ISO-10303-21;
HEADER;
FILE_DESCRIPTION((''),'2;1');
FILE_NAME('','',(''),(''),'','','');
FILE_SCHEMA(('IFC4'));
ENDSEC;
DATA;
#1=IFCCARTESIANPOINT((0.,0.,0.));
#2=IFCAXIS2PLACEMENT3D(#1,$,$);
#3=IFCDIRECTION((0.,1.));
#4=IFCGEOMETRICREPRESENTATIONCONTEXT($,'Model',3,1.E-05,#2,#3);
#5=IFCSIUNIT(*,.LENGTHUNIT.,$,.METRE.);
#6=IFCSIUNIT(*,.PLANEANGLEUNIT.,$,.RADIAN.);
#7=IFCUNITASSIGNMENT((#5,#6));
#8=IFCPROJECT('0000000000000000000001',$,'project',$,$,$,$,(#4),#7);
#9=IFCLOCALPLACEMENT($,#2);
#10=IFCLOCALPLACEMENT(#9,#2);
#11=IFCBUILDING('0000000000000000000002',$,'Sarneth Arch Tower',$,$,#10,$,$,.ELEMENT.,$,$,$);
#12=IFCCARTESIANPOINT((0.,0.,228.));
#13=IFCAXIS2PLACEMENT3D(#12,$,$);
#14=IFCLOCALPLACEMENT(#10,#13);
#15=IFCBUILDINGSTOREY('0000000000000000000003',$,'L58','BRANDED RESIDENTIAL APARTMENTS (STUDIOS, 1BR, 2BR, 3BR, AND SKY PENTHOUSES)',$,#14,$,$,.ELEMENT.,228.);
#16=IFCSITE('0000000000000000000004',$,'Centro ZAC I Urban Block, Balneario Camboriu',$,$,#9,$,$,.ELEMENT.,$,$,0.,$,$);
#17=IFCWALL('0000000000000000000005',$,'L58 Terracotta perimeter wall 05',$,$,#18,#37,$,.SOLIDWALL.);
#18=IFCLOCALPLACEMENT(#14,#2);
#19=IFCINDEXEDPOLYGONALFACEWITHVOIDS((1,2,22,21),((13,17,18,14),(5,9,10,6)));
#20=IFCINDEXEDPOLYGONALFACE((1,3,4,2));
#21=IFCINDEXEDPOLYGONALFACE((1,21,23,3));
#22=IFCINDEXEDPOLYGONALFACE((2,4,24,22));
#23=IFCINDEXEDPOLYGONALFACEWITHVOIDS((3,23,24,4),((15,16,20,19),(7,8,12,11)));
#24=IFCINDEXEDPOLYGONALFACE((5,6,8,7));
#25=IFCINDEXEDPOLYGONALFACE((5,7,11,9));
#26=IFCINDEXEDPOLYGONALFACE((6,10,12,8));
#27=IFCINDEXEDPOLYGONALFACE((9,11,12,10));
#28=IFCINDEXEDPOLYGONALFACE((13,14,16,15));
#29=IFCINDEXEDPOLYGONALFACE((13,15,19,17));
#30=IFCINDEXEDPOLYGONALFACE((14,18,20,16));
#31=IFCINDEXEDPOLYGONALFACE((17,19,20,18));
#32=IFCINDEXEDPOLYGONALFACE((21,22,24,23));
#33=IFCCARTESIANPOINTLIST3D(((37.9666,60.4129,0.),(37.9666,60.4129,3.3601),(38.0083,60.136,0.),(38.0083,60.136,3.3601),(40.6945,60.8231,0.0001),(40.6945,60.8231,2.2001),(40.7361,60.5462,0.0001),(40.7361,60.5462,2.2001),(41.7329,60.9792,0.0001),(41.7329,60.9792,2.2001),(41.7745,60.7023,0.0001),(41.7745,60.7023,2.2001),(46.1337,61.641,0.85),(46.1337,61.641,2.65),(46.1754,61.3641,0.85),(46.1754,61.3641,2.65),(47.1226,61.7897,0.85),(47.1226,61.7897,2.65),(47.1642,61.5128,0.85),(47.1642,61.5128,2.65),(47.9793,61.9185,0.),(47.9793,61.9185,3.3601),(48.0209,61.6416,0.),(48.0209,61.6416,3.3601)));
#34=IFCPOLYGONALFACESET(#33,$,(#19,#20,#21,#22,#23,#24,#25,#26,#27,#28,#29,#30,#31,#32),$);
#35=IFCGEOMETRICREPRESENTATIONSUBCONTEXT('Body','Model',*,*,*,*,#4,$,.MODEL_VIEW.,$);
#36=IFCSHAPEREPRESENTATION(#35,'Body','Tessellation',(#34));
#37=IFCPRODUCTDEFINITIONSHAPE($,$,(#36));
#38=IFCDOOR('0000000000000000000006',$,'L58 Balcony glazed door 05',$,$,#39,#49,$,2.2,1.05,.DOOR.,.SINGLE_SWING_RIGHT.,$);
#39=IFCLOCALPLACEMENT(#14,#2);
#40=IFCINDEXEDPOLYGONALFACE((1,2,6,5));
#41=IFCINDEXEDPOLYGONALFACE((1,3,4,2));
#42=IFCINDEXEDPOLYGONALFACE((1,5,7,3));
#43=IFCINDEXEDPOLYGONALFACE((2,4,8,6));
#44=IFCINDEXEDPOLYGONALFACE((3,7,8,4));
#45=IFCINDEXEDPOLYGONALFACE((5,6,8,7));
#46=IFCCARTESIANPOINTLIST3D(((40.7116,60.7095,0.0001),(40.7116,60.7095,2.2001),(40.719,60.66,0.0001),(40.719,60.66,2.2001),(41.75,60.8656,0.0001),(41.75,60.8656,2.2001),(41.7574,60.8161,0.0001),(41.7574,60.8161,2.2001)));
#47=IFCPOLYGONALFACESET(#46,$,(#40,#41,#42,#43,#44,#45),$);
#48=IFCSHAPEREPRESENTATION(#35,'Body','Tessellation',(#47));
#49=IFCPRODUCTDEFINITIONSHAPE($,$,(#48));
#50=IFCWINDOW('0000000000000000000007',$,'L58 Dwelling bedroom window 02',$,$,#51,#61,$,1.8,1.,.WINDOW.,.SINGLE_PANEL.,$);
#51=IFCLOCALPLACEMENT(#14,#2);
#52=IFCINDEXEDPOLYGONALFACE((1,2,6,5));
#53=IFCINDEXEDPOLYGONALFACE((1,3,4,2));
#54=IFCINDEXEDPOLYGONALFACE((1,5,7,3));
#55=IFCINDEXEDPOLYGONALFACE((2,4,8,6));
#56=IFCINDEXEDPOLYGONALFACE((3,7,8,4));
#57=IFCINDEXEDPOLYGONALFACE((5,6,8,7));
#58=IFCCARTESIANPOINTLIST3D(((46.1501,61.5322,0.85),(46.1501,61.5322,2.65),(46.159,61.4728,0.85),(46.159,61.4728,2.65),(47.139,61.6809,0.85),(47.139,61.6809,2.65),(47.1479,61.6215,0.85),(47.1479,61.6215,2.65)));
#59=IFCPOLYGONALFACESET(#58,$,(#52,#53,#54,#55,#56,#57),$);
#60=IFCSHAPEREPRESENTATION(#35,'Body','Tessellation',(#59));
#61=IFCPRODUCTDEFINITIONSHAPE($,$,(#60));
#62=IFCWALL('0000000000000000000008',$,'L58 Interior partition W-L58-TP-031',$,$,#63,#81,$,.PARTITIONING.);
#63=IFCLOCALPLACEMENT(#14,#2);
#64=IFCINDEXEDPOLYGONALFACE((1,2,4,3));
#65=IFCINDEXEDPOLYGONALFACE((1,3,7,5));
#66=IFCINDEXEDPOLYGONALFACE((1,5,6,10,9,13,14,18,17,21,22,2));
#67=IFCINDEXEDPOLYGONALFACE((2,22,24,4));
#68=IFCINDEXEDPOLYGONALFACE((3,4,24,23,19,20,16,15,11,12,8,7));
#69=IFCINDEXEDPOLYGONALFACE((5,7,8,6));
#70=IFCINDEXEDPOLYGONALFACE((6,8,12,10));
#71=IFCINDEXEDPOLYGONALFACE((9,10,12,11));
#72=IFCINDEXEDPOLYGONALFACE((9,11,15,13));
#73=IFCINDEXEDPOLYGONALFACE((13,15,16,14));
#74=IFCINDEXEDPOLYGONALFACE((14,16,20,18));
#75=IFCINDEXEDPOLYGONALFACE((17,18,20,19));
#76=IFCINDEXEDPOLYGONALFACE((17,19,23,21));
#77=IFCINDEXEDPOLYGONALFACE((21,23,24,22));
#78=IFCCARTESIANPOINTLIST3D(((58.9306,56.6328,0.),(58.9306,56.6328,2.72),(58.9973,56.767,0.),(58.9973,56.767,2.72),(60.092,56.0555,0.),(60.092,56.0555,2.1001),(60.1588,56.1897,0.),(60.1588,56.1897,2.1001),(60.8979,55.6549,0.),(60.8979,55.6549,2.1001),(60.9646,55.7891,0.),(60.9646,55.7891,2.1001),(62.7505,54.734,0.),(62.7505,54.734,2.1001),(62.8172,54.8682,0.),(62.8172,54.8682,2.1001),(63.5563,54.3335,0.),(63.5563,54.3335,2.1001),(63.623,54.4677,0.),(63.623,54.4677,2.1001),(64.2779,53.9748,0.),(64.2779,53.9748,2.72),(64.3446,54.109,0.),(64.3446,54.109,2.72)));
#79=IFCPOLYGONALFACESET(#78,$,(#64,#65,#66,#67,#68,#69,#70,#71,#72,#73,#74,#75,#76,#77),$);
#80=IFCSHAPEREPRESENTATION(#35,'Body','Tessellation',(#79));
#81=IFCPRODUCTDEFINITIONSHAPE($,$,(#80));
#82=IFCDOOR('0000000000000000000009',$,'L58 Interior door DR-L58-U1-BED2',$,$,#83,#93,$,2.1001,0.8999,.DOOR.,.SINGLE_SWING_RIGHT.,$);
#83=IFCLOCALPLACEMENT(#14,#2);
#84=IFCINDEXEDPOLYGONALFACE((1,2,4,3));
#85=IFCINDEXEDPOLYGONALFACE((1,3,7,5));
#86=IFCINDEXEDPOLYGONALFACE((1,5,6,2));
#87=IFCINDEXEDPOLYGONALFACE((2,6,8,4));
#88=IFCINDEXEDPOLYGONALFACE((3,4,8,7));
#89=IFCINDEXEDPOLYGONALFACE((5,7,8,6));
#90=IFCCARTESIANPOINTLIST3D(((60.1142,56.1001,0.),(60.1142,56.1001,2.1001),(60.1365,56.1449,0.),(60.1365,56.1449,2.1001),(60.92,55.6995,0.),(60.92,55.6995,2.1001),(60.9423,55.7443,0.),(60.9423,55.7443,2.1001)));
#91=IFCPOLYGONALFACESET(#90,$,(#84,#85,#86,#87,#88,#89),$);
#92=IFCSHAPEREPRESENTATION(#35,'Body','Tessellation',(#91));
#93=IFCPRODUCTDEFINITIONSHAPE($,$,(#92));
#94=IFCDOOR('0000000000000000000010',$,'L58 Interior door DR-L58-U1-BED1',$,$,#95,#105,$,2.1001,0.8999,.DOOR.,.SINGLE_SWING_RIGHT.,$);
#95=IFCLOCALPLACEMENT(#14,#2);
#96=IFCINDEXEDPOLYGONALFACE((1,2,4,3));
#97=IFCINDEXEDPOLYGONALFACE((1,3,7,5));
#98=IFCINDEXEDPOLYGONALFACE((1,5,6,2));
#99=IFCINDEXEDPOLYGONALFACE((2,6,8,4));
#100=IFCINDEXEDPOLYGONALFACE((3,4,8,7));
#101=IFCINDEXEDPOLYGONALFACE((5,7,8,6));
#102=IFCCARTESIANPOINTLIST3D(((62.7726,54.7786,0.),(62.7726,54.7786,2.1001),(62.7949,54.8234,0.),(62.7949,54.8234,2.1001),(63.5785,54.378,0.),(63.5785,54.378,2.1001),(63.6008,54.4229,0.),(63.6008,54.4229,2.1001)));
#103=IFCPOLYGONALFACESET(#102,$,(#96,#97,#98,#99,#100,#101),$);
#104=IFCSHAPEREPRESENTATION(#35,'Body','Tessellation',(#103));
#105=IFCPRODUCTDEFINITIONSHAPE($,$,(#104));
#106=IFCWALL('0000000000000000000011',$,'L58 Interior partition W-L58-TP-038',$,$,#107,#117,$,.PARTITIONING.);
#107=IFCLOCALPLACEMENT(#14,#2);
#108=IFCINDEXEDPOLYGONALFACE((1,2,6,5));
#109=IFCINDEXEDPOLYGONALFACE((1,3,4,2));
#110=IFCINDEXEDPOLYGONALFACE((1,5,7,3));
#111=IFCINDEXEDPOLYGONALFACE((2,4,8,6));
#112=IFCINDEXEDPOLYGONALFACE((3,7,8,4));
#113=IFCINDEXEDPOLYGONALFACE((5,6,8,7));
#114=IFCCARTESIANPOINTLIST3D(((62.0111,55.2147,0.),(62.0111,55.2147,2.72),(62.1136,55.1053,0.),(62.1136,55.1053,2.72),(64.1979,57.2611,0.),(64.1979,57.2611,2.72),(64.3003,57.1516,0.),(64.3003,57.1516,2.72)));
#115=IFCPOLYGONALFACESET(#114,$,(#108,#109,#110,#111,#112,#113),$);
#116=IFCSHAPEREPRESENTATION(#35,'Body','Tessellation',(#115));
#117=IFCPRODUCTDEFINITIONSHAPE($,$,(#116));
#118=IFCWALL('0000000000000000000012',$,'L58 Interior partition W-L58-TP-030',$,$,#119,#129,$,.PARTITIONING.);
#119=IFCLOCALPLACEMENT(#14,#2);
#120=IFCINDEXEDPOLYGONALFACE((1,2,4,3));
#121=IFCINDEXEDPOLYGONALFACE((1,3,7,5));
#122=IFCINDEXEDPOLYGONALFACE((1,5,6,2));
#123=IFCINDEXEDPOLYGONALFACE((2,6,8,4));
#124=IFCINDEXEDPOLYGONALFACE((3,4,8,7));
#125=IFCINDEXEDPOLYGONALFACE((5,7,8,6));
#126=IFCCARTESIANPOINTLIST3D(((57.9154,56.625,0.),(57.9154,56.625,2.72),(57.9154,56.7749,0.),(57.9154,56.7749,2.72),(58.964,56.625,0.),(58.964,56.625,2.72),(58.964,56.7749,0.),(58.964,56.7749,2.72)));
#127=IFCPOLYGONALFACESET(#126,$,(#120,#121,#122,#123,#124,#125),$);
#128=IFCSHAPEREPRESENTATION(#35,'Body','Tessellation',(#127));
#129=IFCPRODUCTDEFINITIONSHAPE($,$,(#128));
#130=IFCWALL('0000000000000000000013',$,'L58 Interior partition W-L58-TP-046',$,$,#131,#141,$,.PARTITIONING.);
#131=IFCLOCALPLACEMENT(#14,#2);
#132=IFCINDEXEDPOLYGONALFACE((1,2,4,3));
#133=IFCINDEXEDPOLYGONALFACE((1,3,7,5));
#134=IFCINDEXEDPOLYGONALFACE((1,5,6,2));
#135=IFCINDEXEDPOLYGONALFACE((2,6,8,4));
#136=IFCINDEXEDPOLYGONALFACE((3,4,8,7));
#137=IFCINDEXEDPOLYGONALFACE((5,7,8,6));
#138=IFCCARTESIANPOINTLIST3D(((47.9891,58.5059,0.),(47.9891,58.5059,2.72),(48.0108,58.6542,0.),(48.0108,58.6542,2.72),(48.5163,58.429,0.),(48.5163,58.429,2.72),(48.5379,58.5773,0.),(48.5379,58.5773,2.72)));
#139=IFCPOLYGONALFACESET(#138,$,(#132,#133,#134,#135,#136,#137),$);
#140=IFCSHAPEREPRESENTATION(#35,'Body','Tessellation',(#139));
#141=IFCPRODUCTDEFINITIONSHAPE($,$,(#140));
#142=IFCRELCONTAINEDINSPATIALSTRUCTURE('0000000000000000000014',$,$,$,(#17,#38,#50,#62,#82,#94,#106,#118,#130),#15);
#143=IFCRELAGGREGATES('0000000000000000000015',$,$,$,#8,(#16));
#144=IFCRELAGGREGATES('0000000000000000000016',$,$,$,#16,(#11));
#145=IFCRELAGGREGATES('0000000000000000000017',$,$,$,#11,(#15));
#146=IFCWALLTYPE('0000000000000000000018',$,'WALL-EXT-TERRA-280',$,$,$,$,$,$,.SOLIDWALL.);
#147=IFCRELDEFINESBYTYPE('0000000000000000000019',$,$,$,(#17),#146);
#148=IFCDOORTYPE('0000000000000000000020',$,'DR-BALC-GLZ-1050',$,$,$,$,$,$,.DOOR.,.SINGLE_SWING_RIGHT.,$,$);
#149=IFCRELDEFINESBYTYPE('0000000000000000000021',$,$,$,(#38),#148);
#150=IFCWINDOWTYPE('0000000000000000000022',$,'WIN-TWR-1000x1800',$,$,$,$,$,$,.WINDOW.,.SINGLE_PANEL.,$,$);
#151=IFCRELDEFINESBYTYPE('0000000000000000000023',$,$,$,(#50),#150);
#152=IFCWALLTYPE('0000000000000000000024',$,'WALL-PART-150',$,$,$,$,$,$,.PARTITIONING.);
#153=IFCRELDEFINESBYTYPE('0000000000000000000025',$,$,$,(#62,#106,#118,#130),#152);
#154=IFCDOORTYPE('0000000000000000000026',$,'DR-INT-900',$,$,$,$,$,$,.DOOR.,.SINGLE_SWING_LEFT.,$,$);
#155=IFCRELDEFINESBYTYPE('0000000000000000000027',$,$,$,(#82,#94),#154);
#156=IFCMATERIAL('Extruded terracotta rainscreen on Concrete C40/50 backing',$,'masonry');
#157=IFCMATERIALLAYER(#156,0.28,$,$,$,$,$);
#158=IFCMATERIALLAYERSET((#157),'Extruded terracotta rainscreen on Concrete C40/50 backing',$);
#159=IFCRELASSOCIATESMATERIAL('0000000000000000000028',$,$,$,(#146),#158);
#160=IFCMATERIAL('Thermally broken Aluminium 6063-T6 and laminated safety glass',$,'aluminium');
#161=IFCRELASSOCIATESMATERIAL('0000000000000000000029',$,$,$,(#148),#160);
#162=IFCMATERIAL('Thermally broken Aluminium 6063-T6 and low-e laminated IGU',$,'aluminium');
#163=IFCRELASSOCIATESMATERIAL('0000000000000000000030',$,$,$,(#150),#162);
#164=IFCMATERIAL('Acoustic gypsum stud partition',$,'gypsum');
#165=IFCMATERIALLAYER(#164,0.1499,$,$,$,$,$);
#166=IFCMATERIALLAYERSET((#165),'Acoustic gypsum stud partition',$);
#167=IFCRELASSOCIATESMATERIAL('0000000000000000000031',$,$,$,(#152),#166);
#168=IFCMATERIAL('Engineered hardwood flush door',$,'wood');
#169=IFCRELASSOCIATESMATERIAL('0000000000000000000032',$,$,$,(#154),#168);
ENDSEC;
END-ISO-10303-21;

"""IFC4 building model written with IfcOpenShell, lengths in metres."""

from ifc_helpers import new_model, si_unit, direction, frame, frame_2d, origin, place, context, subcontext, project, spatial, rectangle, extrude, material, layer, layer_set, type_object, element, fill, save


model = new_model("IFC4")

# Units and contexts
model_context = context("Model", 3, precision=1e-05, world=origin(), true_north=direction((0.0, 1.0)))
body_context = subcontext(model_context, "Body", "Model", "MODEL_VIEW")
ifc_project = project(units=[si_unit("LENGTHUNIT", "METRE"), si_unit("PLANEANGLEUNIT", "RADIAN")], contexts=[model_context])

# Site, building, storey
site_placement = place(None, origin())
site = spatial("IfcSite", under=ifc_project, at=site_placement, Name="Centro ZAC I Urban Block, Balneario Camboriu", CompositionType="ELEMENT", RefElevation=0.0)
building_placement = place(site_placement, origin())
building = spatial("IfcBuilding", under=site, at=building_placement, Name="Sarneth Arch Tower", CompositionType="ELEMENT")
storey_placement = place(building_placement, frame((0.0, 0.0, 228.0)))
storey = spatial("IfcBuildingStorey", under=building, at=storey_placement, Name="L58", Description="BRANDED RESIDENTIAL APARTMENTS (STUDIOS, 1BR, 2BR, 3BR, AND SKY PENTHOUSES)", CompositionType="ELEMENT", Elevation=228.0)

# Wall, openings, door, window
ifc_material_1 = material(Name="Extruded terracotta rainscreen on Concrete C40/50 backing", Category="masonry")
ifc_layer_1 = layer(ifc_material_1, 0.28)
ifc_layer_set_1 = layer_set([ifc_layer_1], Name="Extruded terracotta rainscreen on Concrete C40/50 backing")
wall_type_1 = type_object("IfcWallType", Name="WALL-EXT-TERRA-280", PredefinedType="SOLIDWALL", material=ifc_layer_set_1)
wall_1_placement = place(storey_placement, frame((48.0, 61.78, 0.0), z_axis=(0.0, 0.0, 1.0), x_axis=(-0.988883, -0.148699, 0.0)))
wall_1 = element("IfcWall", 1, at=wall_1_placement, inside=storey, type_object=wall_type_1, Name="L58 Terracotta perimeter wall 05", PredefinedType="SOLIDWALL", context=body_context, shape_type="SweptSolid", body=[
    extrude(rectangle(XDim=10.1252, YDim=0.28, at=frame_2d((5.0625, 0.0))), origin(), (0.0, 0.0, 1.0), 3.3601),
])
opening_1_placement = place(wall_1_placement, frame((6.3167, 0.0, 0.0)))
opening_1 = element("IfcOpeningElement", 2, at=opening_1_placement, cuts=wall_1, PredefinedType="OPENING", context=body_context, shape_type="SweptSolid", body=[
    extrude(rectangle(XDim=1.05, YDim=2.2, at=frame_2d((0.5249, 1.1001))), frame((0.0, 0.1499, 0.0), z_axis=(0.0, -1.0, 0.0), x_axis=(1.0, 0.0, 0.0)), (0.0, 0.0, 1.0), 0.3),
])
opening_2_placement = place(wall_1_placement, frame((0.8662, 0.0, 0.8501)))
opening_2 = element("IfcOpeningElement", 3, at=opening_2_placement, cuts=wall_1, PredefinedType="OPENING", context=body_context, shape_type="SweptSolid", body=[
    extrude(rectangle(XDim=1.0, YDim=1.8, at=frame_2d((0.5, 0.8999))), frame((0.0, 0.1499, 0.0), z_axis=(0.0, -1.0, 0.0), x_axis=(1.0, 0.0, 0.0)), (0.0, 0.0, 1.0), 0.3),
])
ifc_material_2 = material(Name="Thermally broken Aluminium 6063-T6 and laminated safety glass", Category="aluminium")
door_type_1 = type_object("IfcDoorType", Name="DR-BALC-GLZ-1050", OperationType="SINGLE_SWING_RIGHT", PredefinedType="DOOR", material=ifc_material_2)
door_1_placement = place(opening_1_placement, origin())
door_1 = element("IfcDoor", 4, at=door_1_placement, inside=storey, type_object=door_type_1, Name="L58 Balcony glazed door 05", OperationType="SINGLE_SWING_RIGHT", OverallHeight=2.2, OverallWidth=1.05, PredefinedType="DOOR", context=body_context, shape_type="SweptSolid", body=[
    extrude(rectangle(XDim=1.05, YDim=2.2, at=frame_2d((0.5249, 1.1001))), frame((0.0, 0.0249, 0.0), z_axis=(0.0, -1.0, 0.0), x_axis=(1.0, 0.0, 0.0)), (0.0, 0.0, 1.0), 0.05),
])
fill(opening_1, door_1)
ifc_material_3 = material(Name="Thermally broken Aluminium 6063-T6 and low-e laminated IGU", Category="aluminium")
window_type = type_object("IfcWindowType", Name="WIN-TWR-1000x1800", PartitioningType="SINGLE_PANEL", PredefinedType="WINDOW", material=ifc_material_3)
window_placement = place(opening_2_placement, origin())
window = element("IfcWindow", 5, at=window_placement, inside=storey, type_object=window_type, Name="L58 Dwelling bedroom window 02", OverallHeight=1.8, OverallWidth=1.0, PartitioningType="SINGLE_PANEL", PredefinedType="WINDOW", context=body_context, shape_type="SweptSolid", body=[
    extrude(rectangle(XDim=1.0, YDim=1.8, at=frame_2d((0.5, 0.8999))), frame((0.0, 0.03, 0.0), z_axis=(0.0, -1.0, 0.0), x_axis=(1.0, 0.0, 0.0)), (0.0, 0.0, 1.0), 0.0601),
])
fill(opening_2, window)

# Wall, openings, doors
ifc_material_4 = material(Name="Acoustic gypsum stud partition", Category="gypsum")
ifc_layer_2 = layer(ifc_material_4, 0.1499)
ifc_layer_set_2 = layer_set([ifc_layer_2], Name="Acoustic gypsum stud partition")
wall_type_2 = type_object("IfcWallType", Name="WALL-PART-150", PredefinedType="PARTITIONING", material=ifc_layer_set_2)
wall_2_placement = place(storey_placement, frame((58.9639, 56.7, 0.0), z_axis=(0.0, 0.0, 1.0), x_axis=(0.895471, -0.445119, 0.0)))
wall_2 = element("IfcWall", 6, at=wall_2_placement, inside=storey, type_object=wall_type_2, Name="L58 Interior partition W-L58-TP-031", PredefinedType="PARTITIONING", context=body_context, shape_type="SweptSolid", body=[
    extrude(rectangle(XDim=5.9714, YDim=0.1499, at=frame_2d((2.9858, 0.0))), origin(), (0.0, 0.0, 1.0), 2.72),
])
opening_3_placement = place(wall_2_placement, frame((1.2971, 0.0, 0.0)))
opening_3 = element("IfcOpeningElement", 7, at=opening_3_placement, cuts=wall_2, PredefinedType="OPENING", context=body_context, shape_type="SweptSolid", body=[
    extrude(rectangle(XDim=0.8999, YDim=2.1001, at=frame_2d((0.45, 1.05))), frame((0.0, 0.085, 0.0), z_axis=(0.0, -1.0, 0.0), x_axis=(1.0, 0.0, 0.0)), (0.0, 0.0, 1.0), 0.1699),
])
opening_4_placement = place(wall_2_placement, frame((4.2659, 0.0, 0.0)))
opening_4 = element("IfcOpeningElement", 8, at=opening_4_placement, cuts=wall_2, PredefinedType="OPENING", context=body_context, shape_type="SweptSolid", body=[
    extrude(rectangle(XDim=0.8999, YDim=2.1001, at=frame_2d((0.45, 1.05))), frame((0.0, 0.085, 0.0), z_axis=(0.0, -1.0, 0.0), x_axis=(1.0, 0.0, 0.0)), (0.0, 0.0, 1.0), 0.1699),
])
ifc_material_5 = material(Name="Engineered hardwood flush door", Category="wood")
door_type_2 = type_object("IfcDoorType", Name="DR-INT-900", OperationType="SINGLE_SWING_LEFT", PredefinedType="DOOR", material=ifc_material_5)
door_2_placement = place(opening_3_placement, origin())
door_2 = element("IfcDoor", 9, at=door_2_placement, inside=storey, type_object=door_type_2, Name="L58 Interior door DR-L58-U1-BED2", OperationType="SINGLE_SWING_RIGHT", OverallHeight=2.1001, OverallWidth=0.8999, PredefinedType="DOOR", context=body_context, shape_type="SweptSolid", body=[
    extrude(rectangle(XDim=0.8999, YDim=2.1001, at=frame_2d((0.45, 1.05))), frame((0.0, 0.0249, 0.0), z_axis=(0.0, -1.0, 0.0), x_axis=(1.0, 0.0, 0.0)), (0.0, 0.0, 1.0), 0.05),
])
fill(opening_3, door_2)
door_3_placement = place(opening_4_placement, origin())
door_3 = element("IfcDoor", 10, at=door_3_placement, inside=storey, type_object=door_type_2, Name="L58 Interior door DR-L58-U1-BED1", OperationType="SINGLE_SWING_RIGHT", OverallHeight=2.1001, OverallWidth=0.8999, PredefinedType="DOOR", context=body_context, shape_type="SweptSolid", body=[
    extrude(rectangle(XDim=0.8999, YDim=2.1001, at=frame_2d((0.45, 1.05))), frame((0.0, 0.0249, 0.0), z_axis=(0.0, -1.0, 0.0), x_axis=(1.0, 0.0, 0.0)), (0.0, 0.0, 1.0), 0.05),
])
fill(opening_4, door_3)

# Walls
wall_3_placement = place(storey_placement, frame((62.0623, 55.1599, 0.0), z_axis=(0.0, 0.0, 1.0), x_axis=(0.730155, 0.683282, 0.0)))
element("IfcWall", 11, at=wall_3_placement, inside=storey, type_object=wall_type_2, Name="L58 Interior partition W-L58-TP-038", PredefinedType="PARTITIONING", context=body_context, shape_type="SweptSolid", body=[
    extrude(rectangle(XDim=2.9949, YDim=0.1499, at=frame_2d((1.4976, 0.0))), origin(), (0.0, 0.0, 1.0), 2.72),
])
wall_4_placement = place(storey_placement, frame((57.9153, 56.7, 0.0), z_axis=(0.0, 0.0, 1.0), x_axis=(1.0, 0.0, 0.0)))
element("IfcWall", 12, at=wall_4_placement, inside=storey, type_object=wall_type_2, Name="L58 Interior partition W-L58-TP-030", PredefinedType="PARTITIONING", context=body_context, shape_type="SweptSolid", body=[
    extrude(rectangle(XDim=1.0486, YDim=0.1499, at=frame_2d((0.5244, 0.0))), origin(), (0.0, 0.0, 1.0), 2.72),
])
wall_5_placement = place(storey_placement, frame((48.5271, 58.5032, 0.0), z_axis=(0.0, 0.0, 1.0), x_axis=(-0.989523, 0.144372, 0.0)))
element("IfcWall", 13, at=wall_5_placement, inside=storey, type_object=wall_type_2, Name="L58 Interior partition W-L58-TP-046", PredefinedType="PARTITIONING", context=body_context, shape_type="SweptSolid", body=[
    extrude(rectangle(XDim=0.5327, YDim=0.1499, at=frame_2d((0.2664, 0.0))), origin(), (0.0, 0.0, 1.0), 2.72),
])

save(model, "model.ifc")
